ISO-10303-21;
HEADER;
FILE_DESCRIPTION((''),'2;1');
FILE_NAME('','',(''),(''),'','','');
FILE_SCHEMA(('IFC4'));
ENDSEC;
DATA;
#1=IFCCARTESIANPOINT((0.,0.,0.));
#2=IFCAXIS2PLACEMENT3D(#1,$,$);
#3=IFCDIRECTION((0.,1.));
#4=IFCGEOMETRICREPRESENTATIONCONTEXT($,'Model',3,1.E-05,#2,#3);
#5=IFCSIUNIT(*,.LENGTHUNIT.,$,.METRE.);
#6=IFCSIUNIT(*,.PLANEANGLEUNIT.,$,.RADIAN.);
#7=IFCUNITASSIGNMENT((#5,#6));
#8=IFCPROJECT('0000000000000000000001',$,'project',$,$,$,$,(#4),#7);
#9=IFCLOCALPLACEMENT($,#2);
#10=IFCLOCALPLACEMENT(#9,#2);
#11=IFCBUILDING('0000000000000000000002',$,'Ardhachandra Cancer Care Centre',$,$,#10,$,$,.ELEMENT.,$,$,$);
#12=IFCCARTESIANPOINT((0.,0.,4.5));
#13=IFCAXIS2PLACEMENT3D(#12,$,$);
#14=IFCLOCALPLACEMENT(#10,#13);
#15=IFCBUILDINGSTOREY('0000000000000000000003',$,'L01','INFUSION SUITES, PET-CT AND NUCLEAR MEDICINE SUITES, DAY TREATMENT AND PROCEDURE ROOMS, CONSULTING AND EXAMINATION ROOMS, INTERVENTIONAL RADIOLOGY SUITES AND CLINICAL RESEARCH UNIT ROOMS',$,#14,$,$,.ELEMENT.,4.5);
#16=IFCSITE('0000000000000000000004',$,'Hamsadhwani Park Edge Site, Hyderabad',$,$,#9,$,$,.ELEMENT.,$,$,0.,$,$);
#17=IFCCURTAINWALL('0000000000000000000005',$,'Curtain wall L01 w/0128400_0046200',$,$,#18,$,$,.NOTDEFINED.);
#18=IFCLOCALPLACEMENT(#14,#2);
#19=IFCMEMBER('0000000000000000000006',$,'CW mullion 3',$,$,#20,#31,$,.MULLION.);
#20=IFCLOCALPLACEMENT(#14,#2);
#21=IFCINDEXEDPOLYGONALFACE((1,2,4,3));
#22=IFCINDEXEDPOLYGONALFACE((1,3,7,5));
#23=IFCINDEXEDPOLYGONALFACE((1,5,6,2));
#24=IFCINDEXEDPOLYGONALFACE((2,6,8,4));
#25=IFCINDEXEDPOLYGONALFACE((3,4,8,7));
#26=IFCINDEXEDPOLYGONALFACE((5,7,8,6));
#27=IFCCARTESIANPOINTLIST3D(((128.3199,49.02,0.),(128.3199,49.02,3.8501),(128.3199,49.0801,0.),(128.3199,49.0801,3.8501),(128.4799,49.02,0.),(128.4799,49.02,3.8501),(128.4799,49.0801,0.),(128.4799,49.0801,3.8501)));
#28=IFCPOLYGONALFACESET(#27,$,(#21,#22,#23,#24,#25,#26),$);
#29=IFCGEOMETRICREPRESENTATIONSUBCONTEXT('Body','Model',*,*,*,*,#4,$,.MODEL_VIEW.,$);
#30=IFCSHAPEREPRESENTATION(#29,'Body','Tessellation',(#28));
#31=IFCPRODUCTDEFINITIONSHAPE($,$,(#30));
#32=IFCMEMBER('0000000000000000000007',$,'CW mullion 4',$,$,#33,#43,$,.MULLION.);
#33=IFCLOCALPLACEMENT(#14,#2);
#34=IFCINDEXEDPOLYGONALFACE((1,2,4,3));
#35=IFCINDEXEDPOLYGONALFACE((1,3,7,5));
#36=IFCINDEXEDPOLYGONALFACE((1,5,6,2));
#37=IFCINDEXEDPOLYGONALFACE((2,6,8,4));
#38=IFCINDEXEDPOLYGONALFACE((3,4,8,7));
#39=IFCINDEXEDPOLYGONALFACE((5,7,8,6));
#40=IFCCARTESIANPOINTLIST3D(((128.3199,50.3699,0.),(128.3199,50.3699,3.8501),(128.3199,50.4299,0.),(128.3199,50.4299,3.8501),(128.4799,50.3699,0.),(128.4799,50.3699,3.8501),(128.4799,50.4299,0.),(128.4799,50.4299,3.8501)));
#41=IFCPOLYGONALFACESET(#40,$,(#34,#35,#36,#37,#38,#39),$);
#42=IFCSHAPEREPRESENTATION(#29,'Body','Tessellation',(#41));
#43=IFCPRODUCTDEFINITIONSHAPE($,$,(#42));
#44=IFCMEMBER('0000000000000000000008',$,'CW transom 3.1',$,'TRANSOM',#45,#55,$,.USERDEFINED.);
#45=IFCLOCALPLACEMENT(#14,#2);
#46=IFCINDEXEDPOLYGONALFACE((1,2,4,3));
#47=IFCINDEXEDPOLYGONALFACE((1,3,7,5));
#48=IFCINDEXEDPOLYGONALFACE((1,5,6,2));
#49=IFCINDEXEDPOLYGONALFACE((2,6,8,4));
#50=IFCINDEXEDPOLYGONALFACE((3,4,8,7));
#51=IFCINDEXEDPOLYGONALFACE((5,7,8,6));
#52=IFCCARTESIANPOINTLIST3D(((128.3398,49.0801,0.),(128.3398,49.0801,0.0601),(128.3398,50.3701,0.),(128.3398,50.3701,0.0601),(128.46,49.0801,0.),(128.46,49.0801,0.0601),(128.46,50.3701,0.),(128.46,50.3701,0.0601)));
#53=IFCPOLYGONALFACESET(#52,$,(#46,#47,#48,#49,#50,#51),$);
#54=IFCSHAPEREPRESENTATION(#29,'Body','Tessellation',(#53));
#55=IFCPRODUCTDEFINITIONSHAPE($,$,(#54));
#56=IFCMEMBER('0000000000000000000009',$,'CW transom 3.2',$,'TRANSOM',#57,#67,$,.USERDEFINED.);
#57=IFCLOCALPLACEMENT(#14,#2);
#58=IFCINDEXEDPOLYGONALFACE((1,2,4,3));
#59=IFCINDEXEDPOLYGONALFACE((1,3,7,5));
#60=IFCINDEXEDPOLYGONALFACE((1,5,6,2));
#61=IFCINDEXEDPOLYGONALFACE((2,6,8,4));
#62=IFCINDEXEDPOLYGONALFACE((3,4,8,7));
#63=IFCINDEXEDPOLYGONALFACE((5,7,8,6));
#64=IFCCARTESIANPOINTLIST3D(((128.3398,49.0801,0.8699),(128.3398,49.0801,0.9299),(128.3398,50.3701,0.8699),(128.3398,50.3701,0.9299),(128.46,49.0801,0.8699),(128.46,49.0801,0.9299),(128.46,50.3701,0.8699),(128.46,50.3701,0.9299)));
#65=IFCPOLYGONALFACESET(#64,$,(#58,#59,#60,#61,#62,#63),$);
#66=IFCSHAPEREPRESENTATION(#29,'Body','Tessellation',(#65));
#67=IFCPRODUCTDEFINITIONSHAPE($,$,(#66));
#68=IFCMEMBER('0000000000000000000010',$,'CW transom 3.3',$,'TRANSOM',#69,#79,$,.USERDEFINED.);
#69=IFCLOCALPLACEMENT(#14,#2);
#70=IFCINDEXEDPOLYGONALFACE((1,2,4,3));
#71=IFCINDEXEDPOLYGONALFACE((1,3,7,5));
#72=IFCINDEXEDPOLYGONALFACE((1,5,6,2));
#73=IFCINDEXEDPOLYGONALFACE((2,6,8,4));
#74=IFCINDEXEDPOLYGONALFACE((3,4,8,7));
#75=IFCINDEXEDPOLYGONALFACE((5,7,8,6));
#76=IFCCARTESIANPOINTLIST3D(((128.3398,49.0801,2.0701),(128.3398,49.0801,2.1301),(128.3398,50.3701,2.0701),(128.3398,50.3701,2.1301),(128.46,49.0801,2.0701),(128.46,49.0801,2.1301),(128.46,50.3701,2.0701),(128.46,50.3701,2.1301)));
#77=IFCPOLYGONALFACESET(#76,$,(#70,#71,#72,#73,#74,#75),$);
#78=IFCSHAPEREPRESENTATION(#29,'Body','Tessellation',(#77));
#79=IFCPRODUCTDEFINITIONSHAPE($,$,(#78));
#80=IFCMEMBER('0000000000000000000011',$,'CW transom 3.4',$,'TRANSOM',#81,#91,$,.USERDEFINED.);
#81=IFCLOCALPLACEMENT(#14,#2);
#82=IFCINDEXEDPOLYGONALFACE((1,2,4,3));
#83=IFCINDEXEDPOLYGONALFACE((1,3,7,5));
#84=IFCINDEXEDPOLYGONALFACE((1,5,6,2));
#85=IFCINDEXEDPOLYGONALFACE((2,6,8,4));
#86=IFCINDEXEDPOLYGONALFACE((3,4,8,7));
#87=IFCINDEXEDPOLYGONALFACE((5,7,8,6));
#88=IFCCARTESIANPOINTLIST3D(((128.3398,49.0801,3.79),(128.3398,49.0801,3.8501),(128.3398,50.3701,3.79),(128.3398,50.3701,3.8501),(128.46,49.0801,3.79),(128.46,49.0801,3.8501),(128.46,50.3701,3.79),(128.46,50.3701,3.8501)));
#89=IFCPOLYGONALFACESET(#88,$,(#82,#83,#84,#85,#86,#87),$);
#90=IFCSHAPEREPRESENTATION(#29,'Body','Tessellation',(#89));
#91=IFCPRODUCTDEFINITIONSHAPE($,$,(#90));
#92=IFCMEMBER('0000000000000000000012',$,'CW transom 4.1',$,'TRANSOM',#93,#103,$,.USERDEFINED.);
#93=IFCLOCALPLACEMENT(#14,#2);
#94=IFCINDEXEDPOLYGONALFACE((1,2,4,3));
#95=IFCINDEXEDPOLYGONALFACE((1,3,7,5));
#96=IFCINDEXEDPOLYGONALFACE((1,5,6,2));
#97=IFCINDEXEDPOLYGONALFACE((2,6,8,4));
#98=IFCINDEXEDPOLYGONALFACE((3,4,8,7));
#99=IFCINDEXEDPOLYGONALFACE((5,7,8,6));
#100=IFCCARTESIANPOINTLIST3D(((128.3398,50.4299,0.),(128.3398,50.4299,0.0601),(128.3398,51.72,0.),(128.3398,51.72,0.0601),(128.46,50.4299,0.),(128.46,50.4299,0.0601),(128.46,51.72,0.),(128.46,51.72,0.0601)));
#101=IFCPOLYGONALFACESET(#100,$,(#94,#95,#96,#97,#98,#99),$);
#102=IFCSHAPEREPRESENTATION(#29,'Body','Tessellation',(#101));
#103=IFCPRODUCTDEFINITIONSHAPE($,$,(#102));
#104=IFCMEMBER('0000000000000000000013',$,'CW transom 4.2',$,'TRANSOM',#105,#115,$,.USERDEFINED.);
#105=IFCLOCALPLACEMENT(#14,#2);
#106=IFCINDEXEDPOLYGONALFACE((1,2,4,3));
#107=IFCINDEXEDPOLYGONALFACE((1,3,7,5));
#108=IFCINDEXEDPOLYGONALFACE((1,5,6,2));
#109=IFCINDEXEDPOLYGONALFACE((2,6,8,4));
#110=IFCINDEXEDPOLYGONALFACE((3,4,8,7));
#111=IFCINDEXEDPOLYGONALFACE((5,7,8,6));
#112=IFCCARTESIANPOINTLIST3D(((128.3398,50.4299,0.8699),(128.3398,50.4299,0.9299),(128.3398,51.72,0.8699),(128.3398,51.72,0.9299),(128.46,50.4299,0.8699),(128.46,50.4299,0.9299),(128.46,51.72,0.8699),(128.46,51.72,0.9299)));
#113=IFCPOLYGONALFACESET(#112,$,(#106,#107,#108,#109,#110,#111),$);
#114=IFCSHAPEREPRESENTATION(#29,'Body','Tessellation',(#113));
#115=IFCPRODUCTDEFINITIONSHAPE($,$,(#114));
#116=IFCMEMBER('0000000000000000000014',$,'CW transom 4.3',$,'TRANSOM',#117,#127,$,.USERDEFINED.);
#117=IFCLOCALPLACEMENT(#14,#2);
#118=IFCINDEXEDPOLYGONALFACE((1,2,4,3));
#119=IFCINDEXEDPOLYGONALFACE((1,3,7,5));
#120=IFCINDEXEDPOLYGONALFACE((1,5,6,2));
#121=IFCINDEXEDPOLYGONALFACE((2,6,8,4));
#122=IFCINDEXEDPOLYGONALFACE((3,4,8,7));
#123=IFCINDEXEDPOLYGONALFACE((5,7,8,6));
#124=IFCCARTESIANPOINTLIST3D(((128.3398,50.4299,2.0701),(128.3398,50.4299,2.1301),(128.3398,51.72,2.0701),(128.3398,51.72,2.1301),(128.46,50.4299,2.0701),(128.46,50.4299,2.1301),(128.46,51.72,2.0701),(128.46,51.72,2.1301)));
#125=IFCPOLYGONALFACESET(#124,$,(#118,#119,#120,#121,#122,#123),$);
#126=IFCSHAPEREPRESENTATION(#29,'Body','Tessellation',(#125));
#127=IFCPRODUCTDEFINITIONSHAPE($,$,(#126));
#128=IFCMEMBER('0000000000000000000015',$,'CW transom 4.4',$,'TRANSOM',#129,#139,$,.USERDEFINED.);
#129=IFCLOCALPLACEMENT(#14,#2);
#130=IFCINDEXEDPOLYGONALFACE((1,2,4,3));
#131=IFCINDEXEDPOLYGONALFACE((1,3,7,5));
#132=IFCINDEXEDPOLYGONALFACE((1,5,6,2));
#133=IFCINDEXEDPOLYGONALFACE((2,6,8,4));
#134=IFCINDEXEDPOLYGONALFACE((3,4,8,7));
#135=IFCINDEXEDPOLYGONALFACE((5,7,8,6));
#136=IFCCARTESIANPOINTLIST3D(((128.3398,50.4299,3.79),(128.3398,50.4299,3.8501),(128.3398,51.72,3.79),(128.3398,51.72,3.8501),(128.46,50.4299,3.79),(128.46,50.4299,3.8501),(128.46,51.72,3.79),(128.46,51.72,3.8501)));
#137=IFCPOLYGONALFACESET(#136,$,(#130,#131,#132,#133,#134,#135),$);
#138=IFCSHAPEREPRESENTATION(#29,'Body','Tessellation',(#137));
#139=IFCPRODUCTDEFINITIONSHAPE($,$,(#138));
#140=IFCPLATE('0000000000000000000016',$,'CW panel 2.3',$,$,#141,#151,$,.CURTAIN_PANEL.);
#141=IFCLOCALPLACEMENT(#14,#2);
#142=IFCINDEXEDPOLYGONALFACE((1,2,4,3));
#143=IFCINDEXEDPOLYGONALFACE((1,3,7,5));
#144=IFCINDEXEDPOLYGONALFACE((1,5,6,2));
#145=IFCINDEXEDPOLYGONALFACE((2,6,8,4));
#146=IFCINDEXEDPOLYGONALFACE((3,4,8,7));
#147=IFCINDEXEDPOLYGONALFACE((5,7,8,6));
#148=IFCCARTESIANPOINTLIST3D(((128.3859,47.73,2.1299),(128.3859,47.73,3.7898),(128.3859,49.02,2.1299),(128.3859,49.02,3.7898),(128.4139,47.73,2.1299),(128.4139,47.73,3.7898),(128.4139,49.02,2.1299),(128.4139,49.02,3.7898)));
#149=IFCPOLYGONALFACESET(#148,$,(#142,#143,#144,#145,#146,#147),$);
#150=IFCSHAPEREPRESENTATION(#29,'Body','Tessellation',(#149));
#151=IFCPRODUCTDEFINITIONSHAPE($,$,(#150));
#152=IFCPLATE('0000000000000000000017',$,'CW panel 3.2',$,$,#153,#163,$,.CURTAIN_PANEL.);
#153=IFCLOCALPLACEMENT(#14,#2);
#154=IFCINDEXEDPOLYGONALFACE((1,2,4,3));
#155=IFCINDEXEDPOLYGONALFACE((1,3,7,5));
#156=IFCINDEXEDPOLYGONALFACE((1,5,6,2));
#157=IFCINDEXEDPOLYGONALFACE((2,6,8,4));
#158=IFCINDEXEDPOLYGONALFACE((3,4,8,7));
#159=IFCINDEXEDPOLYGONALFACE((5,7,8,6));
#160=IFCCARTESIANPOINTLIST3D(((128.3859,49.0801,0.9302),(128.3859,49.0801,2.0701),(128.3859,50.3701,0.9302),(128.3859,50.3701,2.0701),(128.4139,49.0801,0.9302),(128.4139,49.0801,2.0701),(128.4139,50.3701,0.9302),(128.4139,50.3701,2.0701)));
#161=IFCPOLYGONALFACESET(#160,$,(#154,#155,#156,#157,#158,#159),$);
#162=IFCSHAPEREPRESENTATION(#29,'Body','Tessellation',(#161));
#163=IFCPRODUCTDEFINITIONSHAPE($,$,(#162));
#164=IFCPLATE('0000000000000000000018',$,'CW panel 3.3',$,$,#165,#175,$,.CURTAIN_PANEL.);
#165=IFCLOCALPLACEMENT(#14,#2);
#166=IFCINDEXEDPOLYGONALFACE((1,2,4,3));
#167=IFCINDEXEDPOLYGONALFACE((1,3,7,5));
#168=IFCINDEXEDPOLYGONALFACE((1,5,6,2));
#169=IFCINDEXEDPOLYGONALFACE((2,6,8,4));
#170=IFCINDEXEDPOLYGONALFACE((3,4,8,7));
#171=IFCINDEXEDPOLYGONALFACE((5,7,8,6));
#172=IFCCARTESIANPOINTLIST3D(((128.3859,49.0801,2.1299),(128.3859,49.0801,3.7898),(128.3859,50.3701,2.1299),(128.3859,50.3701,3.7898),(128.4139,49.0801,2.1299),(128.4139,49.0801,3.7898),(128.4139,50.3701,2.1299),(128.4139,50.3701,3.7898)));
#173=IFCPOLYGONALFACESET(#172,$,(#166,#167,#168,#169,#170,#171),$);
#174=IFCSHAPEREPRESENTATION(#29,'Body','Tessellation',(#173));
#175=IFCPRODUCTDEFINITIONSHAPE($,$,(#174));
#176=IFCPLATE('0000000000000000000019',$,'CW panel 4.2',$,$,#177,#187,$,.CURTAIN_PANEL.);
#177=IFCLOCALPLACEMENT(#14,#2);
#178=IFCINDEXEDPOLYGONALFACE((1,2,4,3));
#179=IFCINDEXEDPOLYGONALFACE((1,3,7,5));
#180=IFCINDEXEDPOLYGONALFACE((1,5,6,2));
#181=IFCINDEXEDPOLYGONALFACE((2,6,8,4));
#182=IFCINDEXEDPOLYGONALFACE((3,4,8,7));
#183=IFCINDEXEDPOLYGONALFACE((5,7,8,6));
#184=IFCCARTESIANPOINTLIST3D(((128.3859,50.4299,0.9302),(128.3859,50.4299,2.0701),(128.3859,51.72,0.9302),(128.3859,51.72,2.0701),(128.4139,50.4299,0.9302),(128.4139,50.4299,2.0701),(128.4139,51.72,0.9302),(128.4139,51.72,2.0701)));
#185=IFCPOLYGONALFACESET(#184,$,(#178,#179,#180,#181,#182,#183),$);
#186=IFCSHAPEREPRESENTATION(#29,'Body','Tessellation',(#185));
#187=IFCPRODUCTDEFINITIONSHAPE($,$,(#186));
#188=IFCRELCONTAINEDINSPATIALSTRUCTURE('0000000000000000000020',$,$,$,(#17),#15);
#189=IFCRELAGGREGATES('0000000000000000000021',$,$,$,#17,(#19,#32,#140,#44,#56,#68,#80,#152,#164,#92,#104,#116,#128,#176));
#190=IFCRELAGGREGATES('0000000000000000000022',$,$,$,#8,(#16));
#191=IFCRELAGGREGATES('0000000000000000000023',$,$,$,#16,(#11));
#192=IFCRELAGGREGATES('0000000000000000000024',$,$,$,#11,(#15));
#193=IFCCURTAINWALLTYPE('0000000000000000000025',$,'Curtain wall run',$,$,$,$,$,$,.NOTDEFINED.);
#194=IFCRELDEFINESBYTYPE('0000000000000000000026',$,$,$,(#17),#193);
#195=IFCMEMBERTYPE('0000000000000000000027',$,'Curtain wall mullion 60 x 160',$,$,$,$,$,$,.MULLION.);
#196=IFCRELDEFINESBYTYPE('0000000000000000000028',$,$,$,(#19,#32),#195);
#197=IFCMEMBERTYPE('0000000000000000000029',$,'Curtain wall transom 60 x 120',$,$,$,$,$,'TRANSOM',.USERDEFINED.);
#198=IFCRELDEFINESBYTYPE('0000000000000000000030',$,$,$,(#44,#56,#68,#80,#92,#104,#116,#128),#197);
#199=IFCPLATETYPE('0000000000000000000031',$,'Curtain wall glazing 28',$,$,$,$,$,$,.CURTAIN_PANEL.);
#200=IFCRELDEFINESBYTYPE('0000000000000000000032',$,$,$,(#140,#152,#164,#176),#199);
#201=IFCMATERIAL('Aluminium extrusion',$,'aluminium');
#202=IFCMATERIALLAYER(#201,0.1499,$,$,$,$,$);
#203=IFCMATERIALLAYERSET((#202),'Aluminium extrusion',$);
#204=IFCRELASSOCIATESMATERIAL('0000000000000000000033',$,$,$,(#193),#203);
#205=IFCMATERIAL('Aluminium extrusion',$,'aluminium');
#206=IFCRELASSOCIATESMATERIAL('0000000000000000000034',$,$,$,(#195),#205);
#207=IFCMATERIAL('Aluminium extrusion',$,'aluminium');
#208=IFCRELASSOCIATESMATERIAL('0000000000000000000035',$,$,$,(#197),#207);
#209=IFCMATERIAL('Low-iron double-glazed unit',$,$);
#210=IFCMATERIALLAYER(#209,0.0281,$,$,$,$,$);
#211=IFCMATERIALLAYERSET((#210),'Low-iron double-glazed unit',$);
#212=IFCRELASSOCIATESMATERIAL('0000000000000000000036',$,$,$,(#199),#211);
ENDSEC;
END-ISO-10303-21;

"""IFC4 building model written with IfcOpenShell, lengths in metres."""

from ifc_helpers import new_model, si_unit, direction, frame, origin, origin_2d, place, context, subcontext, project, spatial, rectangle, extrude, material, layer, layer_set, material_profile, profile_set, type_object, element, aggregate, save


model = new_model("IFC4")

# Units and contexts
model_context = context("Model", 3, precision=1e-05, world=origin(), true_north=direction((0.0, 1.0)))
body_context = subcontext(model_context, "Body", "Model", "MODEL_VIEW")
ifc_project = project(units=[si_unit("LENGTHUNIT", "METRE"), si_unit("PLANEANGLEUNIT", "RADIAN")], contexts=[model_context])

# Site, building, storey
site_placement = place(None, origin())
site = spatial("IfcSite", under=ifc_project, at=site_placement, Name="Hamsadhwani Park Edge Site, Hyderabad", CompositionType="ELEMENT", RefElevation=0.0)
building_placement = place(site_placement, origin())
building = spatial("IfcBuilding", under=site, at=building_placement, Name="Ardhachandra Cancer Care Centre", CompositionType="ELEMENT")
storey_placement = place(building_placement, frame((0.0, 0.0, 4.5)))
storey = spatial("IfcBuildingStorey", under=building, at=storey_placement, Name="L01", Description="INFUSION SUITES, PET-CT AND NUCLEAR MEDICINE SUITES, DAY TREATMENT AND PROCEDURE ROOMS, CONSULTING AND EXAMINATION ROOMS, INTERVENTIONAL RADIOLOGY SUITES AND CLINICAL RESEARCH UNIT ROOMS", CompositionType="ELEMENT", Elevation=4.5)

# Curtain wall, members, plates
ifc_material_1 = material(Name="Aluminium extrusion", Category="aluminium")
ifc_layer_1 = layer(ifc_material_1, 0.1499)
ifc_layer_set_1 = layer_set([ifc_layer_1], Name="Aluminium extrusion")
curtain_wall_type = type_object("IfcCurtainWallType", Name="Curtain wall run", PredefinedType="NOTDEFINED", material=ifc_layer_set_1)
curtain_wall_placement = place(storey_placement, origin())
curtain_wall = element("IfcCurtainWall", 1, at=curtain_wall_placement, inside=storey, type_object=curtain_wall_type, Name="Curtain wall L01 w/0128400_0046200", PredefinedType="NOTDEFINED")
ifc_material_2 = material(Name="Aluminium extrusion", Category="aluminium")
ifc_material_profile_1 = material_profile(ifc_material_2, rectangle(XDim=0.1599, YDim=0.0601, at=origin_2d()), Name="Curtain wall mullion 60 x 160")
ifc_profile_set_1 = profile_set([ifc_material_profile_1], Name="Aluminium extrusion")
member_type_1 = type_object("IfcMemberType", Name="Curtain wall mullion 60 x 160", PredefinedType="MULLION", material=ifc_profile_set_1)
member_1_placement = place(storey_placement, frame((128.3999, 49.05, 0.0), z_axis=(0.0, 0.0, 1.0), x_axis=(-1.0, 0.0, 0.0)))
member_1 = element("IfcMember", 2, at=member_1_placement, type_object=member_type_1, Name="CW mullion 3", PredefinedType="MULLION", context=body_context, shape_type="SweptSolid", body=[
    extrude(rectangle(XDim=0.1599, YDim=0.0601, at=origin_2d()), origin(), (0.0, 0.0, 1.0), 3.8501),
])
member_2_placement = place(storey_placement, frame((128.3999, 50.3999, 0.0), z_axis=(0.0, 0.0, 1.0), x_axis=(-1.0, 0.0, 0.0)))
member_2 = element("IfcMember", 3, at=member_2_placement, type_object=member_type_1, Name="CW mullion 4", PredefinedType="MULLION", context=body_context, shape_type="SweptSolid", body=[
    extrude(rectangle(XDim=0.1599, YDim=0.0601, at=origin_2d()), origin(), (0.0, 0.0, 1.0), 3.8501),
])
ifc_material_3 = material(Name="Aluminium extrusion", Category="aluminium")
ifc_material_profile_2 = material_profile(ifc_material_3, rectangle(XDim=0.1201, YDim=0.0601, at=origin_2d()), Name="Curtain wall transom 60 x 120")
ifc_profile_set_2 = profile_set([ifc_material_profile_2], Name="Aluminium extrusion")
member_type_2 = type_object("IfcMemberType", Name="Curtain wall transom 60 x 120", ElementType="TRANSOM", PredefinedType="USERDEFINED", material=ifc_profile_set_2)
member_3_placement = place(storey_placement, frame((128.3999, 49.0801, 0.03), z_axis=(0.0, 1.0, 0.0), x_axis=(-1.0, 0.0, 0.0)))
member_3 = element("IfcMember", 4, at=member_3_placement, type_object=member_type_2, Name="CW transom 3.1", ObjectType="TRANSOM", PredefinedType="USERDEFINED", context=body_context, shape_type="SweptSolid", body=[
    extrude(rectangle(XDim=0.1201, YDim=0.0601, at=origin_2d()), origin(), (0.0, 0.0, 1.0), 1.29),
])
member_4_placement = place(storey_placement, frame((128.3999, 49.0801, 0.8999), z_axis=(0.0, 1.0, 0.0), x_axis=(-1.0, 0.0, 0.0)))
member_4 = element("IfcMember", 5, at=member_4_placement, type_object=member_type_2, Name="CW transom 3.2", ObjectType="TRANSOM", PredefinedType="USERDEFINED", context=body_context, shape_type="SweptSolid", body=[
    extrude(rectangle(XDim=0.1201, YDim=0.0601, at=origin_2d()), origin(), (0.0, 0.0, 1.0), 1.29),
])
member_5_placement = place(storey_placement, frame((128.3999, 49.0801, 2.1001), z_axis=(0.0, 1.0, 0.0), x_axis=(-1.0, 0.0, 0.0)))
member_5 = element("IfcMember", 6, at=member_5_placement, type_object=member_type_2, Name="CW transom 3.3", ObjectType="TRANSOM", PredefinedType="USERDEFINED", context=body_context, shape_type="SweptSolid", body=[
    extrude(rectangle(XDim=0.1201, YDim=0.0601, at=origin_2d()), origin(), (0.0, 0.0, 1.0), 1.29),
])
member_6_placement = place(storey_placement, frame((128.3999, 49.0801, 3.8201), z_axis=(0.0, 1.0, 0.0), x_axis=(-1.0, 0.0, 0.0)))
member_6 = element("IfcMember", 7, at=member_6_placement, type_object=member_type_2, Name="CW transom 3.4", ObjectType="TRANSOM", PredefinedType="USERDEFINED", context=body_context, shape_type="SweptSolid", body=[
    extrude(rectangle(XDim=0.1201, YDim=0.0601, at=origin_2d()), origin(), (0.0, 0.0, 1.0), 1.29),
])
member_7_placement = place(storey_placement, frame((128.3999, 50.4299, 0.03), z_axis=(0.0, 1.0, 0.0), x_axis=(-1.0, 0.0, 0.0)))
member_7 = element("IfcMember", 8, at=member_7_placement, type_object=member_type_2, Name="CW transom 4.1", ObjectType="TRANSOM", PredefinedType="USERDEFINED", context=body_context, shape_type="SweptSolid", body=[
    extrude(rectangle(XDim=0.1201, YDim=0.0601, at=origin_2d()), origin(), (0.0, 0.0, 1.0), 1.29),
])
member_8_placement = place(storey_placement, frame((128.3999, 50.4299, 0.8999), z_axis=(0.0, 1.0, 0.0), x_axis=(-1.0, 0.0, 0.0)))
member_8 = element("IfcMember", 9, at=member_8_placement, type_object=member_type_2, Name="CW transom 4.2", ObjectType="TRANSOM", PredefinedType="USERDEFINED", context=body_context, shape_type="SweptSolid", body=[
    extrude(rectangle(XDim=0.1201, YDim=0.0601, at=origin_2d()), origin(), (0.0, 0.0, 1.0), 1.29),
])
member_9_placement = place(storey_placement, frame((128.3999, 50.4299, 2.1001), z_axis=(0.0, 1.0, 0.0), x_axis=(-1.0, 0.0, 0.0)))
member_9 = element("IfcMember", 10, at=member_9_placement, type_object=member_type_2, Name="CW transom 4.3", ObjectType="TRANSOM", PredefinedType="USERDEFINED", context=body_context, shape_type="SweptSolid", body=[
    extrude(rectangle(XDim=0.1201, YDim=0.0601, at=origin_2d()), origin(), (0.0, 0.0, 1.0), 1.29),
])
member_10_placement = place(storey_placement, frame((128.3999, 50.4299, 3.8201), z_axis=(0.0, 1.0, 0.0), x_axis=(-1.0, 0.0, 0.0)))
member_10 = element("IfcMember", 11, at=member_10_placement, type_object=member_type_2, Name="CW transom 4.4", ObjectType="TRANSOM", PredefinedType="USERDEFINED", context=body_context, shape_type="SweptSolid", body=[
    extrude(rectangle(XDim=0.1201, YDim=0.0601, at=origin_2d()), origin(), (0.0, 0.0, 1.0), 1.29),
])
ifc_material_4 = material(Name="Low-iron double-glazed unit")
ifc_layer_2 = layer(ifc_material_4, 0.0281)
ifc_layer_set_2 = layer_set([ifc_layer_2], Name="Low-iron double-glazed unit")
plate_type_1 = type_object("IfcPlateType", Name="Curtain wall glazing 28", PredefinedType="CURTAIN_PANEL", material=ifc_layer_set_2)
plate_1_placement = place(storey_placement, frame((128.3999, 48.375, 2.1299), z_axis=(0.0, 0.0, 1.0), x_axis=(0.0, 1.0, 0.0)))
plate_1 = element("IfcPlate", 12, at=plate_1_placement, type_object=plate_type_1, Name="CW panel 2.3", PredefinedType="CURTAIN_PANEL", context=body_context, shape_type="SweptSolid", body=[
    extrude(rectangle(XDim=1.29, YDim=0.0281, at=origin_2d()), origin(), (0.0, 0.0, 1.0), 1.6599),
])
plate_2_placement = place(storey_placement, frame((128.3999, 49.7251, 0.9302), z_axis=(0.0, 0.0, 1.0), x_axis=(0.0, 1.0, 0.0)))
plate_2 = element("IfcPlate", 13, at=plate_2_placement, type_object=plate_type_1, Name="CW panel 3.2", PredefinedType="CURTAIN_PANEL", context=body_context, shape_type="SweptSolid", body=[
    extrude(rectangle(XDim=1.29, YDim=0.0281, at=origin_2d()), origin(), (0.0, 0.0, 1.0), 1.1399),
])
plate_3_placement = place(storey_placement, frame((128.3999, 49.7251, 2.1299), z_axis=(0.0, 0.0, 1.0), x_axis=(0.0, 1.0, 0.0)))
plate_3 = element("IfcPlate", 14, at=plate_3_placement, type_object=plate_type_1, Name="CW panel 3.3", PredefinedType="CURTAIN_PANEL", context=body_context, shape_type="SweptSolid", body=[
    extrude(rectangle(XDim=1.29, YDim=0.0281, at=origin_2d()), origin(), (0.0, 0.0, 1.0), 1.6599),
])
plate_4_placement = place(storey_placement, frame((128.3999, 51.075, 0.9302), z_axis=(0.0, 0.0, 1.0), x_axis=(0.0, 1.0, 0.0)))
plate_4 = element("IfcPlate", 15, at=plate_4_placement, type_object=plate_type_1, Name="CW panel 4.2", PredefinedType="CURTAIN_PANEL", context=body_context, shape_type="SweptSolid", body=[
    extrude(rectangle(XDim=1.29, YDim=0.0281, at=origin_2d()), origin(), (0.0, 0.0, 1.0), 1.1399),
])
aggregate(curtain_wall, [member_1, member_2, plate_1, member_3, member_4, member_5, member_6, plate_2, plate_3, member_7, member_8, member_9, member_10, plate_4])

save(model, "model.ifc")
